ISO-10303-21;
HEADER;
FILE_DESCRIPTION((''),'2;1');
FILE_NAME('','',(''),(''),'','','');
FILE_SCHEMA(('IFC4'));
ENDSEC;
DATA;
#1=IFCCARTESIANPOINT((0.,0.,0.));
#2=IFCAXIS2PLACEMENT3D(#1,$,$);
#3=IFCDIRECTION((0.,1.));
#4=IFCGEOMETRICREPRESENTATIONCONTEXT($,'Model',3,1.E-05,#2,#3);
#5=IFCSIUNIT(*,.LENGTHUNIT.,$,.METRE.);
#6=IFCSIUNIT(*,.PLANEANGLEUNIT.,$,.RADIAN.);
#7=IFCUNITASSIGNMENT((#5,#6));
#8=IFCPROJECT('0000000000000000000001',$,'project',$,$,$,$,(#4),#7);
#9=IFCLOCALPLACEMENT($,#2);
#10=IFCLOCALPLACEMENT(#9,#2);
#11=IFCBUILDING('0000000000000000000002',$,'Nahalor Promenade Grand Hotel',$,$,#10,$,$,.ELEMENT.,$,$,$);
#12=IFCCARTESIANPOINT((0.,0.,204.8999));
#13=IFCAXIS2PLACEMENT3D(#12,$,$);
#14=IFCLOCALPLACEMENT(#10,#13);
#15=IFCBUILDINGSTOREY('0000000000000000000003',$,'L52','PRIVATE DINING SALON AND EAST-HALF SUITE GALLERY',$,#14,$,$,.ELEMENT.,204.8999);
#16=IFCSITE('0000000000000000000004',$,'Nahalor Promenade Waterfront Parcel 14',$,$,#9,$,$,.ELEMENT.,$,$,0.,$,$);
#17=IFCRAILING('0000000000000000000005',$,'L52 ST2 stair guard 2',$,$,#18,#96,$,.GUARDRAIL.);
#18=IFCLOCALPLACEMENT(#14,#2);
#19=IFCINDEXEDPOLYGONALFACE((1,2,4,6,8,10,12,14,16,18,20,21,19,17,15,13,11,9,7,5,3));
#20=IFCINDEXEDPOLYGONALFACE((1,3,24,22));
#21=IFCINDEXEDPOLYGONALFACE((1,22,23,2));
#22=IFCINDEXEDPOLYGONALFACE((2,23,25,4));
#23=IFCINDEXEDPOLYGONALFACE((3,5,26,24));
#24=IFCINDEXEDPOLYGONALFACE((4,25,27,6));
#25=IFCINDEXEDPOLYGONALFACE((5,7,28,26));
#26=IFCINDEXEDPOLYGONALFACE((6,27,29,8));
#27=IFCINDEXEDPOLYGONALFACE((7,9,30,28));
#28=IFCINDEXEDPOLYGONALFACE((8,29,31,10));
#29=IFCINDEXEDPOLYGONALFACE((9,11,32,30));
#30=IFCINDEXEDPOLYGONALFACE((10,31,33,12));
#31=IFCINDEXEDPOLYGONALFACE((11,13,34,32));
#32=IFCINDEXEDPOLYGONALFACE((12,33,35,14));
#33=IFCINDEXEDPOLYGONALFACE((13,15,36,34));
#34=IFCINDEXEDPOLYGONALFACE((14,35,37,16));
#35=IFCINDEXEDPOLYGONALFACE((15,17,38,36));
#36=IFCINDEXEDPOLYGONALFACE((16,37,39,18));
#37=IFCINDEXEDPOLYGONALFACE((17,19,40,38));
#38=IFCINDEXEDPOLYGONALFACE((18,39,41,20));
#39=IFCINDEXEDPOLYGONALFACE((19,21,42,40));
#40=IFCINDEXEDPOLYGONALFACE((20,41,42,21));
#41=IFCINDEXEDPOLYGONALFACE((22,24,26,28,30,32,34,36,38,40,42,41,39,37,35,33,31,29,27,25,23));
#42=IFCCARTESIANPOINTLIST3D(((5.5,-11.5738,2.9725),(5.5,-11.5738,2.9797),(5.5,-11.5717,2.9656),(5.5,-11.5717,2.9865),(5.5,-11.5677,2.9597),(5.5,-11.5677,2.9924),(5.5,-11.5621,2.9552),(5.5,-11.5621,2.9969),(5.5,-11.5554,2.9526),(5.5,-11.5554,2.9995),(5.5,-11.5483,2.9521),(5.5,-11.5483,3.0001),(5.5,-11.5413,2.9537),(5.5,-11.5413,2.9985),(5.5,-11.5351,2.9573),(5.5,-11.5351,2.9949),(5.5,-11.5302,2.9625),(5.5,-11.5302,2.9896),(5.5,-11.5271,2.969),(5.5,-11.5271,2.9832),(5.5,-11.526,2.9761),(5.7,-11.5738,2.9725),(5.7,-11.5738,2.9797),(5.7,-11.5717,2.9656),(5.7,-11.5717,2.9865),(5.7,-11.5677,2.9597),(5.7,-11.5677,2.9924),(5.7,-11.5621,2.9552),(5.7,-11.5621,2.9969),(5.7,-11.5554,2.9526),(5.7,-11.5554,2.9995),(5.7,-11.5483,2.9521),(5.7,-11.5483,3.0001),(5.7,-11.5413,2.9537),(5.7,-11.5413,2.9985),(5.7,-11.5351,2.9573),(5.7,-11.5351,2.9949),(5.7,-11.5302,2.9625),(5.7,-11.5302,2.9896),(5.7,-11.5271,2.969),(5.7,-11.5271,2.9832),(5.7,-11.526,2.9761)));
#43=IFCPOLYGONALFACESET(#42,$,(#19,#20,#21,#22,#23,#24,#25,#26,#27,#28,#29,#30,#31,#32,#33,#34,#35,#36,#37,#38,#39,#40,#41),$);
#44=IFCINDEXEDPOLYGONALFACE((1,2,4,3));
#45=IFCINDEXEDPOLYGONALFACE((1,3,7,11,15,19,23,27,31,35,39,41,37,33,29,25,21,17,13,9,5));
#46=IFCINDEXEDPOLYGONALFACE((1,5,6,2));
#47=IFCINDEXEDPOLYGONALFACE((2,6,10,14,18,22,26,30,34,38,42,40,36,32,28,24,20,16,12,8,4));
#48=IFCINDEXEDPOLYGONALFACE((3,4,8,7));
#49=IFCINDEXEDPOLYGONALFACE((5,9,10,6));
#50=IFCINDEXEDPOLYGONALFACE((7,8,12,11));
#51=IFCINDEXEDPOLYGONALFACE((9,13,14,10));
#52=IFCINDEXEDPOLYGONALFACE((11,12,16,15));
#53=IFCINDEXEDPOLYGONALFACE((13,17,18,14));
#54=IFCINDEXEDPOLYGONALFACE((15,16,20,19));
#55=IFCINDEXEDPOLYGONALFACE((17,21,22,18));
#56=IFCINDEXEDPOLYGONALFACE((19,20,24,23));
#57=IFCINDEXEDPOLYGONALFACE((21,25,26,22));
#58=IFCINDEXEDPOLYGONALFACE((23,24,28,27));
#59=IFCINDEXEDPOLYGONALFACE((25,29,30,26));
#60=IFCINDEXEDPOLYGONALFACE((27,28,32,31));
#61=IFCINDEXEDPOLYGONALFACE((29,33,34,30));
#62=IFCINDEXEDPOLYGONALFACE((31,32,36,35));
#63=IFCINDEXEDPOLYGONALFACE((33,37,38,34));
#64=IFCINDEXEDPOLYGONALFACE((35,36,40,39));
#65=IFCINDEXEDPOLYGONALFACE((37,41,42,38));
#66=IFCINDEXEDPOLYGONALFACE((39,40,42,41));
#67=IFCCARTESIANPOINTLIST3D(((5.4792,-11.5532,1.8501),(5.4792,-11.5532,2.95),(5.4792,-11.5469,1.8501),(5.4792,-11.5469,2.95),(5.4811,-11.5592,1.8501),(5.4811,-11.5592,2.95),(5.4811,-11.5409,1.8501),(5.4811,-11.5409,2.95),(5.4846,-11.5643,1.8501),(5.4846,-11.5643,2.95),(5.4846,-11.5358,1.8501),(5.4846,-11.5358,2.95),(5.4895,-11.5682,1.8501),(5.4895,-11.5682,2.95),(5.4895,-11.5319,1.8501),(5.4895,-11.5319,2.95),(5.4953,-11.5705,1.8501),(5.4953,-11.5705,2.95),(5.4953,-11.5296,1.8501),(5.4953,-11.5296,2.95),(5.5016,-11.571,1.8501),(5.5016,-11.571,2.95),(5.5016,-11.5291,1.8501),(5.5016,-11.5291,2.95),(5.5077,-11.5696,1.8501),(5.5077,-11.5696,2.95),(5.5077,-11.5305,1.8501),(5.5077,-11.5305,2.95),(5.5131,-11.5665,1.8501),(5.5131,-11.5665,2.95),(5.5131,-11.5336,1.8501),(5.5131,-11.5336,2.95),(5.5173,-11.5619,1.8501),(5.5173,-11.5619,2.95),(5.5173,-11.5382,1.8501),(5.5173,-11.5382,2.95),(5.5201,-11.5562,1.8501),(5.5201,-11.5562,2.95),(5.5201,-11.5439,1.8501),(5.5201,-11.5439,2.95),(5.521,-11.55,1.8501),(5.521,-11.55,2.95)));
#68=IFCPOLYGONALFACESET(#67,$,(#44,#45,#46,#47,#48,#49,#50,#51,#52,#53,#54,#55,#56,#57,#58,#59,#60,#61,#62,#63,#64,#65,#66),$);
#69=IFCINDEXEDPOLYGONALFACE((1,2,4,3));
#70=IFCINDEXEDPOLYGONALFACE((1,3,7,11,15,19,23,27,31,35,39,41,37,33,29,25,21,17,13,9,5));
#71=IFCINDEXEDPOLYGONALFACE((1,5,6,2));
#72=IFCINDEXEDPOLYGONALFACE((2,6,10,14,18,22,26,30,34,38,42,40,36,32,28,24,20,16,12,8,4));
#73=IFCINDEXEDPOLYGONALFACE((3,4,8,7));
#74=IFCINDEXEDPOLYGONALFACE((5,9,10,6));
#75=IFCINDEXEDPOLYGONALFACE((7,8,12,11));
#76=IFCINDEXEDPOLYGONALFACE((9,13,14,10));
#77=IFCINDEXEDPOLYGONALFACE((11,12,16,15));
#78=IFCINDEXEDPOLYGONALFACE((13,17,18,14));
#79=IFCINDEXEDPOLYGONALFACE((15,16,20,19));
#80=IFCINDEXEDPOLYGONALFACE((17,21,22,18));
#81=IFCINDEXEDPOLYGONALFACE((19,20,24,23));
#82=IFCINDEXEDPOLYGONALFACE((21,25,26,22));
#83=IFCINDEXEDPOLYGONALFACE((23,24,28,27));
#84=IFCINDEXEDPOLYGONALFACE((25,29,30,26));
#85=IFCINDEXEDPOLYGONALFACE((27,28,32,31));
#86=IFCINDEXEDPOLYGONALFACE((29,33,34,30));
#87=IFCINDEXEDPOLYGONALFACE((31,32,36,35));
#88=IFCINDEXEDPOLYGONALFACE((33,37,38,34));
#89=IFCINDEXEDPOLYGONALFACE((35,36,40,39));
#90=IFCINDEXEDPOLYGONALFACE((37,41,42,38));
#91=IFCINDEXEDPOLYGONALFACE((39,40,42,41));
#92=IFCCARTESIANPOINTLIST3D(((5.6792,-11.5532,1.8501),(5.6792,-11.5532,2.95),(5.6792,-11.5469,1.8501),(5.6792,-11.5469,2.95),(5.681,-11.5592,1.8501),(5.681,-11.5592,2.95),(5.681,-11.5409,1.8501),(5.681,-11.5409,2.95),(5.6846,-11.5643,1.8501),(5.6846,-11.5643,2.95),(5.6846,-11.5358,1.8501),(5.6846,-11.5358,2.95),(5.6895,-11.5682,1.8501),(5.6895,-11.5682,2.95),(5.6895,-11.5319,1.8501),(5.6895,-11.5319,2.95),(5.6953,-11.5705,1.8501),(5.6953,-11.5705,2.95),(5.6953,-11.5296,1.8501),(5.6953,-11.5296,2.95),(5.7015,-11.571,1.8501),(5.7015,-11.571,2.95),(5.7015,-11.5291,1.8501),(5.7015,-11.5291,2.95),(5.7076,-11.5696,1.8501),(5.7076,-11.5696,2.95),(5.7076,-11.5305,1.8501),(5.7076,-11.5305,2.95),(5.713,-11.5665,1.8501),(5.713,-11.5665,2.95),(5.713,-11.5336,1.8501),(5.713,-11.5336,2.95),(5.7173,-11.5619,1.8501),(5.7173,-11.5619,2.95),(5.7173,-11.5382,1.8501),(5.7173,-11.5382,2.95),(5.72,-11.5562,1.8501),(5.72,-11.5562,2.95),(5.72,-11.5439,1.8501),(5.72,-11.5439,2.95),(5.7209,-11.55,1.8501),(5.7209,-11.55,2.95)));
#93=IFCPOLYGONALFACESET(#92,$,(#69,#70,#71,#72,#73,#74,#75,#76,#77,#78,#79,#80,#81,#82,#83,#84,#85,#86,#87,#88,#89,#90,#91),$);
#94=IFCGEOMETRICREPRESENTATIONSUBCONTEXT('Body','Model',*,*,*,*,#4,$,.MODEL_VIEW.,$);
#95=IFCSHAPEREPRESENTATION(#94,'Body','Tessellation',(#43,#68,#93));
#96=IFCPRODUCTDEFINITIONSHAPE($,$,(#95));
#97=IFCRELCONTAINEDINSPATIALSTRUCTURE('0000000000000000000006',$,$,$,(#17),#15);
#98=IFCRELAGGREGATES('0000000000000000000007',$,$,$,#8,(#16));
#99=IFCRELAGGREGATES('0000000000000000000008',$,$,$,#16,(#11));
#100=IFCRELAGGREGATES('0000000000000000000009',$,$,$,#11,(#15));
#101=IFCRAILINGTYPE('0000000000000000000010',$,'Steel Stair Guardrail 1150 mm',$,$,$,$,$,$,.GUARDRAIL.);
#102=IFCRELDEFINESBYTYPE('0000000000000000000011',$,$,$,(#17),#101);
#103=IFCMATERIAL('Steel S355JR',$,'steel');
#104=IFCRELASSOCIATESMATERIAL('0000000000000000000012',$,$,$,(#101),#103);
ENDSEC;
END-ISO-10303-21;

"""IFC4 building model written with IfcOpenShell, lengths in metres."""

from ifc_helpers import new_model, si_unit, direction, frame, origin, origin_2d, place, context, subcontext, project, spatial, circle, extrude, material, type_object, element, save


model = new_model("IFC4")

# Units and contexts
model_context = context("Model", 3, precision=1e-05, world=origin(), true_north=direction((0.0, 1.0)))
body_context = subcontext(model_context, "Body", "Model", "MODEL_VIEW")
ifc_project = project(units=[si_unit("LENGTHUNIT", "METRE"), si_unit("PLANEANGLEUNIT", "RADIAN")], contexts=[model_context])

# Site, building, storey
site_placement = place(None, origin())
site = spatial("IfcSite", under=ifc_project, at=site_placement, Name="Nahalor Promenade Waterfront Parcel 14", CompositionType="ELEMENT", RefElevation=0.0)
building_placement = place(site_placement, origin())
building = spatial("IfcBuilding", under=site, at=building_placement, Name="Nahalor Promenade Grand Hotel", CompositionType="ELEMENT")
storey_placement = place(building_placement, frame((0.0, 0.0, 204.8999)))
storey = spatial("IfcBuildingStorey", under=building, at=storey_placement, Name="L52", Description="PRIVATE DINING SALON AND EAST-HALF SUITE GALLERY", CompositionType="ELEMENT", Elevation=204.8999)

# Shared definitions
ifc_material_1 = material(Name="Steel S355JR", Category="steel")

# Railing
railing_type_1 = type_object("IfcRailingType", Name="Steel Stair Guardrail 1150 mm", PredefinedType="GUARDRAIL", material=ifc_material_1)
railing_1_placement = place(storey_placement, frame((5.5, -11.55, 1.8501)))
element("IfcRailing", 1, at=railing_1_placement, inside=storey, type_object=railing_type_1, Name="L52 ST2 stair guard 2", PredefinedType="GUARDRAIL", context=body_context, shape_type="SweptSolid", body=[
    extrude(circle(Radius=0.024, at=origin_2d()), frame((0.0, 0.0, 1.126), z_axis=(1.0, 0.0, 0.0), x_axis=(0.0, 1.0, 0.0)), (0.0, 0.0, 1.0), 0.2),
    extrude(circle(Radius=0.021, at=origin_2d()), origin(), (0.0, 0.0, 1.0), 1.0999),
    extrude(circle(Radius=0.021, at=origin_2d()), frame((0.2, 0.0, 0.0)), (0.0, 0.0, 1.0), 1.0999),
])

save(model, "model.ifc")
